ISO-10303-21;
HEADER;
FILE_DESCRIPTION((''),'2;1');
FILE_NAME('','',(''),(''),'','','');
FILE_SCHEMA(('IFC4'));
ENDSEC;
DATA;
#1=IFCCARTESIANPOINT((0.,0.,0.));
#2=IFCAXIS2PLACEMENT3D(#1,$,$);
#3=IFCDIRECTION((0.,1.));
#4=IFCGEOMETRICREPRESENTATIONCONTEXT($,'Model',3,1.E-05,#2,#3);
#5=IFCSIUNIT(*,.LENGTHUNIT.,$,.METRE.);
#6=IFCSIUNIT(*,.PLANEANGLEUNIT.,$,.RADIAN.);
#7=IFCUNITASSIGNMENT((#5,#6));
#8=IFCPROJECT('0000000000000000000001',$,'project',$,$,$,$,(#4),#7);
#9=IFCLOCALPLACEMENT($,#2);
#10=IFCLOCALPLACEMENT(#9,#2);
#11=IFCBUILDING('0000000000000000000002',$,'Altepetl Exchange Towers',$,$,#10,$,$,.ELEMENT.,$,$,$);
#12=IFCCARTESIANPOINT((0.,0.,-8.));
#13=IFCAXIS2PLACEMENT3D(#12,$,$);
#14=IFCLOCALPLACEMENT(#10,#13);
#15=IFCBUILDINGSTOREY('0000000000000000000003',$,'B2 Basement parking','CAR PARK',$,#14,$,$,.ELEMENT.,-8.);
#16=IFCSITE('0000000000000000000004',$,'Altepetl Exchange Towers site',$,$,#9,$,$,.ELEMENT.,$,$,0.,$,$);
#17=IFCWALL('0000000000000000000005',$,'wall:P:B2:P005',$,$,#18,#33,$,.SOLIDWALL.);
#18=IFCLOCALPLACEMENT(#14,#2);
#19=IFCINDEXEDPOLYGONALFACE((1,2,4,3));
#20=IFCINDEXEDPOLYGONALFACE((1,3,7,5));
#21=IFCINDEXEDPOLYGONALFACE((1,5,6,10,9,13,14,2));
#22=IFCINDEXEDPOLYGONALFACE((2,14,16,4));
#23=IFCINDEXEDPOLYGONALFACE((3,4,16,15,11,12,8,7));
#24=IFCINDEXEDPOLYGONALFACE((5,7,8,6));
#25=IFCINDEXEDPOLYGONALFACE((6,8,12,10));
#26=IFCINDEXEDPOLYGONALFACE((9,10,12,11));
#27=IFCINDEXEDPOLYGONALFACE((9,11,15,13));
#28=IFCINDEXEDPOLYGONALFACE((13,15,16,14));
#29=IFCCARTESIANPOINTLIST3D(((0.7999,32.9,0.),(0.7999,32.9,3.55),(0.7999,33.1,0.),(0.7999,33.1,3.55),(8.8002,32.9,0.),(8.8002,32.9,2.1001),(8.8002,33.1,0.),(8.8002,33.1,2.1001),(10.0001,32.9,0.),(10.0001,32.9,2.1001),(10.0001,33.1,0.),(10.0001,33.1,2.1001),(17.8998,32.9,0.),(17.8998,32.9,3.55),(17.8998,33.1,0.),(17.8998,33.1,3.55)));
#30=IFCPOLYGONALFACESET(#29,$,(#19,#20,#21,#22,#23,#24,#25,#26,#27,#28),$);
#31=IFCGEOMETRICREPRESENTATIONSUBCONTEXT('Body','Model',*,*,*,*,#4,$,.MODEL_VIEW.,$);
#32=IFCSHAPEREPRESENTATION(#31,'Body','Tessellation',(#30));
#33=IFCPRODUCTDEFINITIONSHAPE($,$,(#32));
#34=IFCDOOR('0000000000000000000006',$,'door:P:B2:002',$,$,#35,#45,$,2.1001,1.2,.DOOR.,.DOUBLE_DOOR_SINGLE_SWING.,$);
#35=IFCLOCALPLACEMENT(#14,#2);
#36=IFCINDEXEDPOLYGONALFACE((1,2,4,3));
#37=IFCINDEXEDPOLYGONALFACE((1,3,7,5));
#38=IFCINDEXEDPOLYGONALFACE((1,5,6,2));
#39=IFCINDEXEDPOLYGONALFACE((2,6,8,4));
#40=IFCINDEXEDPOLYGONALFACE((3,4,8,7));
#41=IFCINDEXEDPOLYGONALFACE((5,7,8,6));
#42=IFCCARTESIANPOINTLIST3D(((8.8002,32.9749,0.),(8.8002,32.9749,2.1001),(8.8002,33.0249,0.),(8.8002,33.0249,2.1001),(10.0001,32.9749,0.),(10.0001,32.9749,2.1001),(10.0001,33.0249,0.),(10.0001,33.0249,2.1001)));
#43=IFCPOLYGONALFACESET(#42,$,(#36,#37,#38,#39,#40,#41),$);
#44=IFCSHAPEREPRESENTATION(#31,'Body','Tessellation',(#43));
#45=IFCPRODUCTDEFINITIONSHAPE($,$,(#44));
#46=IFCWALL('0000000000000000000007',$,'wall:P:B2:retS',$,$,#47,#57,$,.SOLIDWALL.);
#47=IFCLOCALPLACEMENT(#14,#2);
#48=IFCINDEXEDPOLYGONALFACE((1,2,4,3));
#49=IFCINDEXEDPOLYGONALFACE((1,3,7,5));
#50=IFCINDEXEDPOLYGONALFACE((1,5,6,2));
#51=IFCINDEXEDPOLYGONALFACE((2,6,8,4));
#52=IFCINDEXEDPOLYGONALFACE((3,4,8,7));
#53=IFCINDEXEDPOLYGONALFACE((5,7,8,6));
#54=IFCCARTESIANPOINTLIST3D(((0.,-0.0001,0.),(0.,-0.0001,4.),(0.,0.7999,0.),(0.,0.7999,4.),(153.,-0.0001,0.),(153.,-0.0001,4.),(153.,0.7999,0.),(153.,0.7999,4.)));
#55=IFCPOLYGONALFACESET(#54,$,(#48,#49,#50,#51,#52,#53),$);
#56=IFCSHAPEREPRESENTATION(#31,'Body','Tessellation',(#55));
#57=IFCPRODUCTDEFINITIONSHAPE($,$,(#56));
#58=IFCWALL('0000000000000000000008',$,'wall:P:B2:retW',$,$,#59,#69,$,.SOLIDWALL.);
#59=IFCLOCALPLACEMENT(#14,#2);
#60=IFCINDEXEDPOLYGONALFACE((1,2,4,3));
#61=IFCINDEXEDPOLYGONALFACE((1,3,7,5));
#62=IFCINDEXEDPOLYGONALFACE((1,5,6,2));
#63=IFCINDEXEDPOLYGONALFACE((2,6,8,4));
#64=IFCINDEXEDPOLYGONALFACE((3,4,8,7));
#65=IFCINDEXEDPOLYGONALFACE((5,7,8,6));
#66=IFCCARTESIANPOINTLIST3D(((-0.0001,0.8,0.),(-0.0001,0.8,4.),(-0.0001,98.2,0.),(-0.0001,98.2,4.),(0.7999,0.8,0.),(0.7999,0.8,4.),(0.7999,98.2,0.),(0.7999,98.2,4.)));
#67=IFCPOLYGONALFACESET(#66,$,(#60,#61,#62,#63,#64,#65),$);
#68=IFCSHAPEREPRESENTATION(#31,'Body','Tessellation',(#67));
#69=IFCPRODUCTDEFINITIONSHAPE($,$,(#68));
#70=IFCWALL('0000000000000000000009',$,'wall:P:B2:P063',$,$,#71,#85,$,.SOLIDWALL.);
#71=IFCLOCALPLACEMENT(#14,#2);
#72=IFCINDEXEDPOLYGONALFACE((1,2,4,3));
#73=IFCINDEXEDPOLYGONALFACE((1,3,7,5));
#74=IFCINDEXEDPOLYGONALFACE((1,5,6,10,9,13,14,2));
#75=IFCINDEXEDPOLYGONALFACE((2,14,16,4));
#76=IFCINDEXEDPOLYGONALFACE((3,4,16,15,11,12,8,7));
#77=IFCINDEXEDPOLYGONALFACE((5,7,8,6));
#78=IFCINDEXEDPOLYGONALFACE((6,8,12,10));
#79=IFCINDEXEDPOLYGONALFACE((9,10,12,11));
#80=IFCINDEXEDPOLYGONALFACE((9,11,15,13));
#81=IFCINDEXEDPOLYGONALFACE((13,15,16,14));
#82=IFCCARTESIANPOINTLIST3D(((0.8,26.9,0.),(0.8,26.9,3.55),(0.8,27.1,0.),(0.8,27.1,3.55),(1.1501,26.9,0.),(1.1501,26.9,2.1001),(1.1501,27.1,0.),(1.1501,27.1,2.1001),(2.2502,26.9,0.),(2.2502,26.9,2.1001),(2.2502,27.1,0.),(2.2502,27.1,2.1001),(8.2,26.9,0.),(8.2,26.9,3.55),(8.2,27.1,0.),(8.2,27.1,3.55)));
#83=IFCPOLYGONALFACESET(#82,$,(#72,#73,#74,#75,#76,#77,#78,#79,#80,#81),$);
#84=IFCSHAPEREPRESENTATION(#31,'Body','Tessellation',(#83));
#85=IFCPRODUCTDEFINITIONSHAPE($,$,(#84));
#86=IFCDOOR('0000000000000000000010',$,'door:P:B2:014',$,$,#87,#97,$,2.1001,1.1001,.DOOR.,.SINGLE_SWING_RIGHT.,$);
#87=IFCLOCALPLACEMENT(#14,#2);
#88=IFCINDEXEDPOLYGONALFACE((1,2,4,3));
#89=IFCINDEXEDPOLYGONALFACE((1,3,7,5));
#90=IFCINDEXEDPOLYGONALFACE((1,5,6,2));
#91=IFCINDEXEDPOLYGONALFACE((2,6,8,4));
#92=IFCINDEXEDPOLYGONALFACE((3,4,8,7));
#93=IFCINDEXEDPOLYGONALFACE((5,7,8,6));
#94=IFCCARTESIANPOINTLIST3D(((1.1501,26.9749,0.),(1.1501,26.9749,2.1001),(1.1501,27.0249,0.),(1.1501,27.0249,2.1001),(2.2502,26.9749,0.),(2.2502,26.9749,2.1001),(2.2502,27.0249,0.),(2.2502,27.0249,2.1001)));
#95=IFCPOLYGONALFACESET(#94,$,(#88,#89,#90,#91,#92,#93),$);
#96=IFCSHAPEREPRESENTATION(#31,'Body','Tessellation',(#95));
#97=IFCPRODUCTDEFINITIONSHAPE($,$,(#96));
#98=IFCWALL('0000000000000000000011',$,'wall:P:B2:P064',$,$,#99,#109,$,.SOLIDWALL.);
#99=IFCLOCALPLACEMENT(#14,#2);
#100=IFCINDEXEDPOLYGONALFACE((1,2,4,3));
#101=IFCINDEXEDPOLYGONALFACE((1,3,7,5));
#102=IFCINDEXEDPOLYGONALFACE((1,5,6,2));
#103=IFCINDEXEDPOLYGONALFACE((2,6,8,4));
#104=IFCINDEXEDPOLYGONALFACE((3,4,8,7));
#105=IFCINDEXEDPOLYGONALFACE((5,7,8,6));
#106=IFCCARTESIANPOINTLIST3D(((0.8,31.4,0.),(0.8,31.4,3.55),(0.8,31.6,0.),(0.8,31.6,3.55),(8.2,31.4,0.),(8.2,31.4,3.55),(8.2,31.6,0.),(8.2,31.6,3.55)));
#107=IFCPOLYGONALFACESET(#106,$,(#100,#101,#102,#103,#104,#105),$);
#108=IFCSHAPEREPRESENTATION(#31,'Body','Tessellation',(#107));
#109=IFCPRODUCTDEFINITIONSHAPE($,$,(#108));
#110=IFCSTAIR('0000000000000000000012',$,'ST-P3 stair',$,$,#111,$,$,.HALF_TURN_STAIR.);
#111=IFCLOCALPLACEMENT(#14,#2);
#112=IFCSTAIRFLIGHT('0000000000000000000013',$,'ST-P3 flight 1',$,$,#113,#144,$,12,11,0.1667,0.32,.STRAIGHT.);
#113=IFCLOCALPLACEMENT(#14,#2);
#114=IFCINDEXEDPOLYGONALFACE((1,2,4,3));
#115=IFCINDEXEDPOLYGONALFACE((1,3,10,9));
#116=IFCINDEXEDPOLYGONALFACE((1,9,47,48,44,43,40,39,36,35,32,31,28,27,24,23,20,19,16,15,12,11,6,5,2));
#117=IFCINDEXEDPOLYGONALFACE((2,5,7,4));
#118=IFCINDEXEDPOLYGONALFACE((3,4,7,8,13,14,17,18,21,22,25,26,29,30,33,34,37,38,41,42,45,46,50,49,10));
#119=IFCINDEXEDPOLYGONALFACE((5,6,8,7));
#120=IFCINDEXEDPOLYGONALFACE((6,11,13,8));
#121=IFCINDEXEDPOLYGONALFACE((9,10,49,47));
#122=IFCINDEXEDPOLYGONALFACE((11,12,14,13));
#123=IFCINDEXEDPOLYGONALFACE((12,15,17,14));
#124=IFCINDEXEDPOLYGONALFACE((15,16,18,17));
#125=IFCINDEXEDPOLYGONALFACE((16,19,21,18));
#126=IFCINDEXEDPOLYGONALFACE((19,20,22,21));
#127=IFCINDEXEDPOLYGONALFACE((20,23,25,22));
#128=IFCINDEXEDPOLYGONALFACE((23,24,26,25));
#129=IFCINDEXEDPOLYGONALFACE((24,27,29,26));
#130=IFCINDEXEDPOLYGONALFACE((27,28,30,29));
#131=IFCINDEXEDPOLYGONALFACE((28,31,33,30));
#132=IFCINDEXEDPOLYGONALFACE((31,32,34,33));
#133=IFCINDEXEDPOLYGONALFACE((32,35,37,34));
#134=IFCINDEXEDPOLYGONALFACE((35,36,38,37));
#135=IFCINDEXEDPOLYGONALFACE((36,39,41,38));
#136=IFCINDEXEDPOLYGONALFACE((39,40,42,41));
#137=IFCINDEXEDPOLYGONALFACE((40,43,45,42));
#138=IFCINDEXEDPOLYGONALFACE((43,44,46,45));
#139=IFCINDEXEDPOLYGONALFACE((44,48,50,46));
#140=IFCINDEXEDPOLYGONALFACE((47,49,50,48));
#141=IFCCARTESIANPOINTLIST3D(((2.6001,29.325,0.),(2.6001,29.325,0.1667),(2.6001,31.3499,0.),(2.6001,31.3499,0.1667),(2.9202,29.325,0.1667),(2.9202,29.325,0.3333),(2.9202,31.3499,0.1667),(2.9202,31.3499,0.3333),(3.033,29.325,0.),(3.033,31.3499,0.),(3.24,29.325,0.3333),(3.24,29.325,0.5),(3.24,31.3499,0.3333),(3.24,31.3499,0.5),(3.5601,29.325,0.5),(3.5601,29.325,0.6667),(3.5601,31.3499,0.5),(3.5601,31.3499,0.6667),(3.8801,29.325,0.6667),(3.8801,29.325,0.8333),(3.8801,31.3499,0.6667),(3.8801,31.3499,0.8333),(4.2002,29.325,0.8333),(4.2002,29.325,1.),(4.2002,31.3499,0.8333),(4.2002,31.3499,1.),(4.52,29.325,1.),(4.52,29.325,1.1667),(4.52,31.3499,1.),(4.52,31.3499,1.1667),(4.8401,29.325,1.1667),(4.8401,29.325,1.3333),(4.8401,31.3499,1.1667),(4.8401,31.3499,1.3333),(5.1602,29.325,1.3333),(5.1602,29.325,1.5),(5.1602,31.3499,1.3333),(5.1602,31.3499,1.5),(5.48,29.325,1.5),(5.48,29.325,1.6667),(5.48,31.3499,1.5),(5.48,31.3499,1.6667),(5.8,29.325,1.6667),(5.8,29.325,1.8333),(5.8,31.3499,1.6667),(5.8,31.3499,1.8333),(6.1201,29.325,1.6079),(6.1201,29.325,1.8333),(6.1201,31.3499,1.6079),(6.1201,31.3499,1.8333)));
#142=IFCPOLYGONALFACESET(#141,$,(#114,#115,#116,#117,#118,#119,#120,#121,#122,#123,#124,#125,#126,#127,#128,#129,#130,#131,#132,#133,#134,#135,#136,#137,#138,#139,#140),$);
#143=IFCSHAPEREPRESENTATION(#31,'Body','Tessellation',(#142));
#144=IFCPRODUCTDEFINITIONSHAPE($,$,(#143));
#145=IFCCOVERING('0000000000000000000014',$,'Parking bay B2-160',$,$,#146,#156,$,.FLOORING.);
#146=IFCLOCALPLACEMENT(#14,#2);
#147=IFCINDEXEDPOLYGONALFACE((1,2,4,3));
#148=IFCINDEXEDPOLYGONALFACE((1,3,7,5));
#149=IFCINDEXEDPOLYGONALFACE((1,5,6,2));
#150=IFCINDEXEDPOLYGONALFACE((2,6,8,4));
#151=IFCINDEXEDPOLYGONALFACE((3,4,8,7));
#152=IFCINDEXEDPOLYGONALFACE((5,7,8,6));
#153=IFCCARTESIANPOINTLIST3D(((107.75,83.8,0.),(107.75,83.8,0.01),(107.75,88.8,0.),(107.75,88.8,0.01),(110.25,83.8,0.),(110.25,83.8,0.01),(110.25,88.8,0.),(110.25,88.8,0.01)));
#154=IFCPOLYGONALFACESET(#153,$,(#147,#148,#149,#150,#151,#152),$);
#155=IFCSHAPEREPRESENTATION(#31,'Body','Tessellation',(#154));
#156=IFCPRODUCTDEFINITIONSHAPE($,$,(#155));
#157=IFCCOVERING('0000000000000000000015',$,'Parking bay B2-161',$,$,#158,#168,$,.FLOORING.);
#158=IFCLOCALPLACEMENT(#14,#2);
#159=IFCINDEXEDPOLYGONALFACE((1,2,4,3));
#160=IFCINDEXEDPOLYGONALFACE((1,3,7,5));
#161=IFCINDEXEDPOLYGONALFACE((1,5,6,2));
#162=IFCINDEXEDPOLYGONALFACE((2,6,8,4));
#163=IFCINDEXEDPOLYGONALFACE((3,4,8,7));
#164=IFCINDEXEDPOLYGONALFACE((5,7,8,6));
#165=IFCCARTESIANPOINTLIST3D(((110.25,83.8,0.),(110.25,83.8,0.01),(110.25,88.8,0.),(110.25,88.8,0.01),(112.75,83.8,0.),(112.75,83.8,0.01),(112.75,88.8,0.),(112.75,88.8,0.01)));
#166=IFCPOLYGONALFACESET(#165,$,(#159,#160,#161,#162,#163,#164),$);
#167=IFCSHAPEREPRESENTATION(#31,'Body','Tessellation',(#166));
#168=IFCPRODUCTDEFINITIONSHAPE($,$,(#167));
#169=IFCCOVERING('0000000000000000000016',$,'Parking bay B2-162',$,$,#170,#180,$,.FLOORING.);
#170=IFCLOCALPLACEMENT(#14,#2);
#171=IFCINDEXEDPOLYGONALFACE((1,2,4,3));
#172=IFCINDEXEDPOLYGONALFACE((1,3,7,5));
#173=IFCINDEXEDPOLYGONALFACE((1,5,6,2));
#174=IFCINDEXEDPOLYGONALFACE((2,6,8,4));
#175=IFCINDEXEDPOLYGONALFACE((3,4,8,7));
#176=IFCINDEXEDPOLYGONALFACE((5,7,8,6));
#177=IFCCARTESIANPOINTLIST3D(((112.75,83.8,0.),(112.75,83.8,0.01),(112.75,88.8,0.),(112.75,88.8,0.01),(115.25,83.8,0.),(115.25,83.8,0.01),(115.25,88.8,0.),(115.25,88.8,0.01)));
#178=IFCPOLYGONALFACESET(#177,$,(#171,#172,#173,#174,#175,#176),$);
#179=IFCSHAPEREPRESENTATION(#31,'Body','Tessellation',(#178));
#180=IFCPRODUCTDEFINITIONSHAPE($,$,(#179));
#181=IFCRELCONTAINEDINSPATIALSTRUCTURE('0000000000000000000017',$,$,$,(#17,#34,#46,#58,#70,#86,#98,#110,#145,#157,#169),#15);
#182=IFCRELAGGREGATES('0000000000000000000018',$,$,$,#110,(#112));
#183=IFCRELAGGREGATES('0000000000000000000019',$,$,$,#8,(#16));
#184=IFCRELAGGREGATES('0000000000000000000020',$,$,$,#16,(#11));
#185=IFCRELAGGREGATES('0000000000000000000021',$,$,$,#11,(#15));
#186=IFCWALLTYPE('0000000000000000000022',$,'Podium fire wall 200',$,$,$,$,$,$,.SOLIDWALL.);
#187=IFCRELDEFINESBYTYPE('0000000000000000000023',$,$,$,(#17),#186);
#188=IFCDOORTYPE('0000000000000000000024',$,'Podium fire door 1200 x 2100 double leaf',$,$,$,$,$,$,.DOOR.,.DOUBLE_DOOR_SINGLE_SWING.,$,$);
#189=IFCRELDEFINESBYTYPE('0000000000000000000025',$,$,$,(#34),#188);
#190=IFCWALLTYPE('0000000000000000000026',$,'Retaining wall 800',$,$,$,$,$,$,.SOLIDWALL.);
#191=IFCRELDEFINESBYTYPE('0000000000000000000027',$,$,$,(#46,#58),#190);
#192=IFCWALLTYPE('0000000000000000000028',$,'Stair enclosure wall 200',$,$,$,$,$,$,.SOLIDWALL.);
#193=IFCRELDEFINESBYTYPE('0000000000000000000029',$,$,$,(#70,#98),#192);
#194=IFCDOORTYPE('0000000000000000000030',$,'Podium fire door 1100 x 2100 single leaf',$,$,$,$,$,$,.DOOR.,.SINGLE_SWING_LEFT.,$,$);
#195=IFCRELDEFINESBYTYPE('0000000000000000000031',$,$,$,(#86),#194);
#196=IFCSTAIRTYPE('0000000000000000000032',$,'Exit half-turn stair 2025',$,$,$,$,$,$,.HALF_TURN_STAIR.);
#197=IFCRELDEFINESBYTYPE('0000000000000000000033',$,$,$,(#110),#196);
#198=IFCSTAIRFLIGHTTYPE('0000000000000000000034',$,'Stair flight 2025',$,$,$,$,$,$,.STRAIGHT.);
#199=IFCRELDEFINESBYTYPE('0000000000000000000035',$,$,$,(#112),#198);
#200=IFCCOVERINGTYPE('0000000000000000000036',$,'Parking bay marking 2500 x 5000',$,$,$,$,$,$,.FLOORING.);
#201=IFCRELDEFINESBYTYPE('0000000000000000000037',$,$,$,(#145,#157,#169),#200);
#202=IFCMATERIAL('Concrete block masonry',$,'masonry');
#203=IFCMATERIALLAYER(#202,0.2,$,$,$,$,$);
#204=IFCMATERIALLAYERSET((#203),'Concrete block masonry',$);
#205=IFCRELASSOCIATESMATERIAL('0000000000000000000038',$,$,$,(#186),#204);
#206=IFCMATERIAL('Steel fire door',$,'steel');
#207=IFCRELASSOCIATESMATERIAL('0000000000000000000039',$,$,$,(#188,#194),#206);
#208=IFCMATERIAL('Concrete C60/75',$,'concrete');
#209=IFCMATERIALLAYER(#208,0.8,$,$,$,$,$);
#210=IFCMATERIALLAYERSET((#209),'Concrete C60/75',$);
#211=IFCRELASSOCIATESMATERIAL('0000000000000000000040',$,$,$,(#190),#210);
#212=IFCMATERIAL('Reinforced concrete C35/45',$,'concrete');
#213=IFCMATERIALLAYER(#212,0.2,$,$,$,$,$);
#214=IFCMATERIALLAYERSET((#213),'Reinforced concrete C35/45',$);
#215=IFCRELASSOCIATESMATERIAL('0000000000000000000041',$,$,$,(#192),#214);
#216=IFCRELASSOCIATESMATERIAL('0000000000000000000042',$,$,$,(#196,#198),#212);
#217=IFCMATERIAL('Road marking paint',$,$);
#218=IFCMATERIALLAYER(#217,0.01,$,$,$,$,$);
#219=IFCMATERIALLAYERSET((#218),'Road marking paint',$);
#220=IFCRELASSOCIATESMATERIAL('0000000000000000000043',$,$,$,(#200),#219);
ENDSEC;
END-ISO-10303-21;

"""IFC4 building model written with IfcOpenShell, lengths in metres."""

from ifc_helpers import new_model, si_unit, direction, frame, frame_2d, origin, place, context, subcontext, project, spatial, polyline, rectangle, outline, extrude, material, layer, layer_set, type_object, element, fill, aggregate, save


model = new_model("IFC4")

# Units and contexts
model_context = context("Model", 3, precision=1e-05, world=origin(), true_north=direction((0.0, 1.0)))
body_context = subcontext(model_context, "Body", "Model", "MODEL_VIEW")
ifc_project = project(units=[si_unit("LENGTHUNIT", "METRE"), si_unit("PLANEANGLEUNIT", "RADIAN")], contexts=[model_context])

# Site, building, storey
site_placement = place(None, origin())
site = spatial("IfcSite", under=ifc_project, at=site_placement, Name="Altepetl Exchange Towers site", CompositionType="ELEMENT", RefElevation=0.0)
building_placement = place(site_placement, origin())
building = spatial("IfcBuilding", under=site, at=building_placement, Name="Altepetl Exchange Towers", CompositionType="ELEMENT")
storey_placement = place(building_placement, frame((0.0, 0.0, -8.0)))
storey = spatial("IfcBuildingStorey", under=building, at=storey_placement, Name="B2 Basement parking", Description="CAR PARK", CompositionType="ELEMENT", Elevation=-8.0)

# Shared definitions
ifc_material_1 = material(Name="Concrete block masonry", Category="masonry")
ifc_layer_1 = layer(ifc_material_1, 0.2)
ifc_layer_set_1 = layer_set([ifc_layer_1], Name="Concrete block masonry")
wall_type_1 = type_object("IfcWallType", Name="Podium fire wall 200", PredefinedType="SOLIDWALL", material=ifc_layer_set_1)

# Wall, opening, door
wall_1_placement = place(storey_placement, frame((0.8, 33.0, 0.0)))
wall_1 = element("IfcWall", 1, at=wall_1_placement, inside=storey, type_object=wall_type_1, Name="wall:P:B2:P005", PredefinedType="SOLIDWALL", context=body_context, shape_type="SweptSolid", body=[
    extrude(rectangle(XDim=17.0999, YDim=0.2, at=frame_2d((8.5498, 0.0))), origin(), (0.0, 0.0, 1.0), 3.55),
])
opening_1_placement = place(wall_1_placement, frame((8.0, 0.0, 0.0)))
opening_1 = element("IfcOpeningElement", 2, at=opening_1_placement, cuts=wall_1, PredefinedType="OPENING", context=body_context, shape_type="SweptSolid", body=[
    extrude(rectangle(XDim=1.2, YDim=2.1001, at=frame_2d((0.6001, 1.05))), frame((0.0, 0.1099, 0.0), z_axis=(0.0, -1.0, 0.0), x_axis=(1.0, 0.0, 0.0)), (0.0, 0.0, 1.0), 0.22),
])
ifc_material_2 = material(Name="Steel fire door", Category="steel")
door_type_1 = type_object("IfcDoorType", Name="Podium fire door 1200 x 2100 double leaf", OperationType="DOUBLE_DOOR_SINGLE_SWING", PredefinedType="DOOR", material=ifc_material_2)
door_1_placement = place(opening_1_placement, origin())
door_1 = element("IfcDoor", 3, at=door_1_placement, inside=storey, type_object=door_type_1, Name="door:P:B2:002", OperationType="DOUBLE_DOOR_SINGLE_SWING", OverallHeight=2.1001, OverallWidth=1.2, PredefinedType="DOOR", context=body_context, shape_type="SweptSolid", body=[
    extrude(rectangle(XDim=1.2, YDim=2.1001, at=frame_2d((0.6001, 1.05))), frame((0.0, 0.0249, 0.0), z_axis=(0.0, -1.0, 0.0), x_axis=(1.0, 0.0, 0.0)), (0.0, 0.0, 1.0), 0.05),
])
fill(opening_1, door_1)

# Walls
ifc_material_3 = material(Name="Concrete C60/75", Category="concrete")
ifc_layer_2 = layer(ifc_material_3, 0.8)
ifc_layer_set_2 = layer_set([ifc_layer_2], Name="Concrete C60/75")
wall_type_2 = type_object("IfcWallType", Name="Retaining wall 800", PredefinedType="SOLIDWALL", material=ifc_layer_set_2)
wall_2_placement = place(storey_placement, frame((0.0, 0.3999, 0.0)))
element("IfcWall", 4, at=wall_2_placement, inside=storey, type_object=wall_type_2, Name="wall:P:B2:retS", PredefinedType="SOLIDWALL", context=body_context, shape_type="SweptSolid", body=[
    extrude(rectangle(XDim=153.0, YDim=0.8, at=frame_2d((76.5, 0.0))), origin(), (0.0, 0.0, 1.0), 4.0),
])
wall_3_placement = place(storey_placement, frame((0.3999, 0.8, 0.0), z_axis=(0.0, 0.0, 1.0), x_axis=(0.0, 1.0, 0.0)))
element("IfcWall", 5, at=wall_3_placement, inside=storey, type_object=wall_type_2, Name="wall:P:B2:retW", PredefinedType="SOLIDWALL", context=body_context, shape_type="SweptSolid", body=[
    extrude(rectangle(XDim=97.3999, YDim=0.8, at=frame_2d((48.7, 0.0))), origin(), (0.0, 0.0, 1.0), 4.0),
])

# Wall, opening, door
ifc_material_4 = material(Name="Reinforced concrete C35/45", Category="concrete")
ifc_layer_3 = layer(ifc_material_4, 0.2)
ifc_layer_set_3 = layer_set([ifc_layer_3], Name="Reinforced concrete C35/45")
wall_type_3 = type_object("IfcWallType", Name="Stair enclosure wall 200", PredefinedType="SOLIDWALL", material=ifc_layer_set_3)
wall_4_placement = place(storey_placement, frame((0.8, 27.0, 0.0)))
wall_4 = element("IfcWall", 6, at=wall_4_placement, inside=storey, type_object=wall_type_3, Name="wall:P:B2:P063", PredefinedType="SOLIDWALL", context=body_context, shape_type="SweptSolid", body=[
    extrude(rectangle(XDim=7.3999, YDim=0.2, at=frame_2d((3.7, 0.0))), origin(), (0.0, 0.0, 1.0), 3.55),
])
opening_2_placement = place(wall_4_placement, frame((0.3501, 0.0, 0.0)))
opening_2 = element("IfcOpeningElement", 7, at=opening_2_placement, cuts=wall_4, PredefinedType="OPENING", context=body_context, shape_type="SweptSolid", body=[
    extrude(rectangle(XDim=1.1001, YDim=2.1001, at=frame_2d((0.55, 1.05))), frame((0.0, 0.1099, 0.0), z_axis=(0.0, -1.0, 0.0), x_axis=(1.0, 0.0, 0.0)), (0.0, 0.0, 1.0), 0.22),
])
door_type_2 = type_object("IfcDoorType", Name="Podium fire door 1100 x 2100 single leaf", OperationType="SINGLE_SWING_LEFT", PredefinedType="DOOR", material=ifc_material_2)
door_2_placement = place(opening_2_placement, origin())
door_2 = element("IfcDoor", 8, at=door_2_placement, inside=storey, type_object=door_type_2, Name="door:P:B2:014", OperationType="SINGLE_SWING_RIGHT", OverallHeight=2.1001, OverallWidth=1.1001, PredefinedType="DOOR", context=body_context, shape_type="SweptSolid", body=[
    extrude(rectangle(XDim=1.1001, YDim=2.1001, at=frame_2d((0.55, 1.05))), frame((0.0, 0.0249, 0.0), z_axis=(0.0, -1.0, 0.0), x_axis=(1.0, 0.0, 0.0)), (0.0, 0.0, 1.0), 0.05),
])
fill(opening_2, door_2)

# Wall
wall_5_placement = place(storey_placement, frame((0.8, 31.5, 0.0)))
element("IfcWall", 9, at=wall_5_placement, inside=storey, type_object=wall_type_3, Name="wall:P:B2:P064", PredefinedType="SOLIDWALL", context=body_context, shape_type="SweptSolid", body=[
    extrude(rectangle(XDim=7.3999, YDim=0.2, at=frame_2d((3.7, 0.0))), origin(), (0.0, 0.0, 1.0), 3.55),
])

# Stair, stair flight
stair_type = type_object("IfcStairType", Name="Exit half-turn stair 2025", PredefinedType="HALF_TURN_STAIR", material=ifc_material_4)
stair_placement = place(storey_placement, origin())
stair = element("IfcStair", 10, at=stair_placement, inside=storey, type_object=stair_type, Name="ST-P3 stair", PredefinedType="HALF_TURN_STAIR")
stair_flight_type = type_object("IfcStairFlightType", Name="Stair flight 2025", PredefinedType="STRAIGHT", material=ifc_material_4)
stair_flight_placement = place(storey_placement, frame((2.6001, 30.3374, 0.0)))
stair_flight = element("IfcStairFlight", 11, at=stair_flight_placement, type_object=stair_flight_type, Name="ST-P3 flight 1", NumberOfRisers=12, NumberOfTreads=11, PredefinedType="STRAIGHT", RiserHeight=0.1667, TreadLength=0.32, context=body_context, shape_type="SweptSolid", body=[
    extrude(outline(polyline([(0.0, 0.0), (0.0, 0.1667), (0.3201, 0.1667), (0.3201, 0.3333), (0.6399, 0.3333), (0.6399, 0.5), (0.96, 0.5), (0.96, 0.6667), (1.28, 0.6667), (1.28, 0.8333), (1.6001, 0.8333), (1.6001, 1.0), (1.9199, 1.0), (1.9199, 1.1667), (2.24, 1.1667), (2.24, 1.3333), (2.5601, 1.3333), (2.5601, 1.5), (2.8799, 1.5), (2.8799, 1.6667), (3.2, 1.6667), (3.2, 1.8333), (3.52, 1.8333), (3.52, 2.0), (3.52, 1.6079), (0.4329, 0.0), (0.0, 0.0)])), frame((0.0, 1.0125, 0.0), z_axis=(0.0, -1.0, 0.0), x_axis=(1.0, 0.0, 0.0)), (0.0, 0.0, 1.0), 2.0249),
])
aggregate(stair, [stair_flight])

# Coverings
ifc_material_5 = material(Name="Road marking paint")
ifc_layer_4 = layer(ifc_material_5, 0.01)
ifc_layer_set_4 = layer_set([ifc_layer_4], Name="Road marking paint")
covering_type = type_object("IfcCoveringType", Name="Parking bay marking 2500 x 5000", PredefinedType="FLOORING", material=ifc_layer_set_4)
covering_1_placement = place(storey_placement, origin())
element("IfcCovering", 12, at=covering_1_placement, inside=storey, type_object=covering_type, Name="Parking bay B2-160", PredefinedType="FLOORING", context=body_context, shape_type="SweptSolid", body=[
    extrude(outline(polyline([(107.75, 83.8), (110.25, 83.8), (110.25, 88.8), (107.75, 88.8), (107.75, 83.8)])), origin(), (0.0, 0.0, 1.0), 0.01),
])
covering_2_placement = place(storey_placement, origin())
element("IfcCovering", 13, at=covering_2_placement, inside=storey, type_object=covering_type, Name="Parking bay B2-161", PredefinedType="FLOORING", context=body_context, shape_type="SweptSolid", body=[
    extrude(outline(polyline([(110.25, 83.8), (112.75, 83.8), (112.75, 88.8), (110.25, 88.8), (110.25, 83.8)])), origin(), (0.0, 0.0, 1.0), 0.01),
])
covering_3_placement = place(storey_placement, origin())
element("IfcCovering", 14, at=covering_3_placement, inside=storey, type_object=covering_type, Name="Parking bay B2-162", PredefinedType="FLOORING", context=body_context, shape_type="SweptSolid", body=[
    extrude(outline(polyline([(112.75, 83.8), (115.25, 83.8), (115.25, 88.8), (112.75, 88.8), (112.75, 83.8)])), origin(), (0.0, 0.0, 1.0), 0.01),
])

save(model, "model.ifc")
